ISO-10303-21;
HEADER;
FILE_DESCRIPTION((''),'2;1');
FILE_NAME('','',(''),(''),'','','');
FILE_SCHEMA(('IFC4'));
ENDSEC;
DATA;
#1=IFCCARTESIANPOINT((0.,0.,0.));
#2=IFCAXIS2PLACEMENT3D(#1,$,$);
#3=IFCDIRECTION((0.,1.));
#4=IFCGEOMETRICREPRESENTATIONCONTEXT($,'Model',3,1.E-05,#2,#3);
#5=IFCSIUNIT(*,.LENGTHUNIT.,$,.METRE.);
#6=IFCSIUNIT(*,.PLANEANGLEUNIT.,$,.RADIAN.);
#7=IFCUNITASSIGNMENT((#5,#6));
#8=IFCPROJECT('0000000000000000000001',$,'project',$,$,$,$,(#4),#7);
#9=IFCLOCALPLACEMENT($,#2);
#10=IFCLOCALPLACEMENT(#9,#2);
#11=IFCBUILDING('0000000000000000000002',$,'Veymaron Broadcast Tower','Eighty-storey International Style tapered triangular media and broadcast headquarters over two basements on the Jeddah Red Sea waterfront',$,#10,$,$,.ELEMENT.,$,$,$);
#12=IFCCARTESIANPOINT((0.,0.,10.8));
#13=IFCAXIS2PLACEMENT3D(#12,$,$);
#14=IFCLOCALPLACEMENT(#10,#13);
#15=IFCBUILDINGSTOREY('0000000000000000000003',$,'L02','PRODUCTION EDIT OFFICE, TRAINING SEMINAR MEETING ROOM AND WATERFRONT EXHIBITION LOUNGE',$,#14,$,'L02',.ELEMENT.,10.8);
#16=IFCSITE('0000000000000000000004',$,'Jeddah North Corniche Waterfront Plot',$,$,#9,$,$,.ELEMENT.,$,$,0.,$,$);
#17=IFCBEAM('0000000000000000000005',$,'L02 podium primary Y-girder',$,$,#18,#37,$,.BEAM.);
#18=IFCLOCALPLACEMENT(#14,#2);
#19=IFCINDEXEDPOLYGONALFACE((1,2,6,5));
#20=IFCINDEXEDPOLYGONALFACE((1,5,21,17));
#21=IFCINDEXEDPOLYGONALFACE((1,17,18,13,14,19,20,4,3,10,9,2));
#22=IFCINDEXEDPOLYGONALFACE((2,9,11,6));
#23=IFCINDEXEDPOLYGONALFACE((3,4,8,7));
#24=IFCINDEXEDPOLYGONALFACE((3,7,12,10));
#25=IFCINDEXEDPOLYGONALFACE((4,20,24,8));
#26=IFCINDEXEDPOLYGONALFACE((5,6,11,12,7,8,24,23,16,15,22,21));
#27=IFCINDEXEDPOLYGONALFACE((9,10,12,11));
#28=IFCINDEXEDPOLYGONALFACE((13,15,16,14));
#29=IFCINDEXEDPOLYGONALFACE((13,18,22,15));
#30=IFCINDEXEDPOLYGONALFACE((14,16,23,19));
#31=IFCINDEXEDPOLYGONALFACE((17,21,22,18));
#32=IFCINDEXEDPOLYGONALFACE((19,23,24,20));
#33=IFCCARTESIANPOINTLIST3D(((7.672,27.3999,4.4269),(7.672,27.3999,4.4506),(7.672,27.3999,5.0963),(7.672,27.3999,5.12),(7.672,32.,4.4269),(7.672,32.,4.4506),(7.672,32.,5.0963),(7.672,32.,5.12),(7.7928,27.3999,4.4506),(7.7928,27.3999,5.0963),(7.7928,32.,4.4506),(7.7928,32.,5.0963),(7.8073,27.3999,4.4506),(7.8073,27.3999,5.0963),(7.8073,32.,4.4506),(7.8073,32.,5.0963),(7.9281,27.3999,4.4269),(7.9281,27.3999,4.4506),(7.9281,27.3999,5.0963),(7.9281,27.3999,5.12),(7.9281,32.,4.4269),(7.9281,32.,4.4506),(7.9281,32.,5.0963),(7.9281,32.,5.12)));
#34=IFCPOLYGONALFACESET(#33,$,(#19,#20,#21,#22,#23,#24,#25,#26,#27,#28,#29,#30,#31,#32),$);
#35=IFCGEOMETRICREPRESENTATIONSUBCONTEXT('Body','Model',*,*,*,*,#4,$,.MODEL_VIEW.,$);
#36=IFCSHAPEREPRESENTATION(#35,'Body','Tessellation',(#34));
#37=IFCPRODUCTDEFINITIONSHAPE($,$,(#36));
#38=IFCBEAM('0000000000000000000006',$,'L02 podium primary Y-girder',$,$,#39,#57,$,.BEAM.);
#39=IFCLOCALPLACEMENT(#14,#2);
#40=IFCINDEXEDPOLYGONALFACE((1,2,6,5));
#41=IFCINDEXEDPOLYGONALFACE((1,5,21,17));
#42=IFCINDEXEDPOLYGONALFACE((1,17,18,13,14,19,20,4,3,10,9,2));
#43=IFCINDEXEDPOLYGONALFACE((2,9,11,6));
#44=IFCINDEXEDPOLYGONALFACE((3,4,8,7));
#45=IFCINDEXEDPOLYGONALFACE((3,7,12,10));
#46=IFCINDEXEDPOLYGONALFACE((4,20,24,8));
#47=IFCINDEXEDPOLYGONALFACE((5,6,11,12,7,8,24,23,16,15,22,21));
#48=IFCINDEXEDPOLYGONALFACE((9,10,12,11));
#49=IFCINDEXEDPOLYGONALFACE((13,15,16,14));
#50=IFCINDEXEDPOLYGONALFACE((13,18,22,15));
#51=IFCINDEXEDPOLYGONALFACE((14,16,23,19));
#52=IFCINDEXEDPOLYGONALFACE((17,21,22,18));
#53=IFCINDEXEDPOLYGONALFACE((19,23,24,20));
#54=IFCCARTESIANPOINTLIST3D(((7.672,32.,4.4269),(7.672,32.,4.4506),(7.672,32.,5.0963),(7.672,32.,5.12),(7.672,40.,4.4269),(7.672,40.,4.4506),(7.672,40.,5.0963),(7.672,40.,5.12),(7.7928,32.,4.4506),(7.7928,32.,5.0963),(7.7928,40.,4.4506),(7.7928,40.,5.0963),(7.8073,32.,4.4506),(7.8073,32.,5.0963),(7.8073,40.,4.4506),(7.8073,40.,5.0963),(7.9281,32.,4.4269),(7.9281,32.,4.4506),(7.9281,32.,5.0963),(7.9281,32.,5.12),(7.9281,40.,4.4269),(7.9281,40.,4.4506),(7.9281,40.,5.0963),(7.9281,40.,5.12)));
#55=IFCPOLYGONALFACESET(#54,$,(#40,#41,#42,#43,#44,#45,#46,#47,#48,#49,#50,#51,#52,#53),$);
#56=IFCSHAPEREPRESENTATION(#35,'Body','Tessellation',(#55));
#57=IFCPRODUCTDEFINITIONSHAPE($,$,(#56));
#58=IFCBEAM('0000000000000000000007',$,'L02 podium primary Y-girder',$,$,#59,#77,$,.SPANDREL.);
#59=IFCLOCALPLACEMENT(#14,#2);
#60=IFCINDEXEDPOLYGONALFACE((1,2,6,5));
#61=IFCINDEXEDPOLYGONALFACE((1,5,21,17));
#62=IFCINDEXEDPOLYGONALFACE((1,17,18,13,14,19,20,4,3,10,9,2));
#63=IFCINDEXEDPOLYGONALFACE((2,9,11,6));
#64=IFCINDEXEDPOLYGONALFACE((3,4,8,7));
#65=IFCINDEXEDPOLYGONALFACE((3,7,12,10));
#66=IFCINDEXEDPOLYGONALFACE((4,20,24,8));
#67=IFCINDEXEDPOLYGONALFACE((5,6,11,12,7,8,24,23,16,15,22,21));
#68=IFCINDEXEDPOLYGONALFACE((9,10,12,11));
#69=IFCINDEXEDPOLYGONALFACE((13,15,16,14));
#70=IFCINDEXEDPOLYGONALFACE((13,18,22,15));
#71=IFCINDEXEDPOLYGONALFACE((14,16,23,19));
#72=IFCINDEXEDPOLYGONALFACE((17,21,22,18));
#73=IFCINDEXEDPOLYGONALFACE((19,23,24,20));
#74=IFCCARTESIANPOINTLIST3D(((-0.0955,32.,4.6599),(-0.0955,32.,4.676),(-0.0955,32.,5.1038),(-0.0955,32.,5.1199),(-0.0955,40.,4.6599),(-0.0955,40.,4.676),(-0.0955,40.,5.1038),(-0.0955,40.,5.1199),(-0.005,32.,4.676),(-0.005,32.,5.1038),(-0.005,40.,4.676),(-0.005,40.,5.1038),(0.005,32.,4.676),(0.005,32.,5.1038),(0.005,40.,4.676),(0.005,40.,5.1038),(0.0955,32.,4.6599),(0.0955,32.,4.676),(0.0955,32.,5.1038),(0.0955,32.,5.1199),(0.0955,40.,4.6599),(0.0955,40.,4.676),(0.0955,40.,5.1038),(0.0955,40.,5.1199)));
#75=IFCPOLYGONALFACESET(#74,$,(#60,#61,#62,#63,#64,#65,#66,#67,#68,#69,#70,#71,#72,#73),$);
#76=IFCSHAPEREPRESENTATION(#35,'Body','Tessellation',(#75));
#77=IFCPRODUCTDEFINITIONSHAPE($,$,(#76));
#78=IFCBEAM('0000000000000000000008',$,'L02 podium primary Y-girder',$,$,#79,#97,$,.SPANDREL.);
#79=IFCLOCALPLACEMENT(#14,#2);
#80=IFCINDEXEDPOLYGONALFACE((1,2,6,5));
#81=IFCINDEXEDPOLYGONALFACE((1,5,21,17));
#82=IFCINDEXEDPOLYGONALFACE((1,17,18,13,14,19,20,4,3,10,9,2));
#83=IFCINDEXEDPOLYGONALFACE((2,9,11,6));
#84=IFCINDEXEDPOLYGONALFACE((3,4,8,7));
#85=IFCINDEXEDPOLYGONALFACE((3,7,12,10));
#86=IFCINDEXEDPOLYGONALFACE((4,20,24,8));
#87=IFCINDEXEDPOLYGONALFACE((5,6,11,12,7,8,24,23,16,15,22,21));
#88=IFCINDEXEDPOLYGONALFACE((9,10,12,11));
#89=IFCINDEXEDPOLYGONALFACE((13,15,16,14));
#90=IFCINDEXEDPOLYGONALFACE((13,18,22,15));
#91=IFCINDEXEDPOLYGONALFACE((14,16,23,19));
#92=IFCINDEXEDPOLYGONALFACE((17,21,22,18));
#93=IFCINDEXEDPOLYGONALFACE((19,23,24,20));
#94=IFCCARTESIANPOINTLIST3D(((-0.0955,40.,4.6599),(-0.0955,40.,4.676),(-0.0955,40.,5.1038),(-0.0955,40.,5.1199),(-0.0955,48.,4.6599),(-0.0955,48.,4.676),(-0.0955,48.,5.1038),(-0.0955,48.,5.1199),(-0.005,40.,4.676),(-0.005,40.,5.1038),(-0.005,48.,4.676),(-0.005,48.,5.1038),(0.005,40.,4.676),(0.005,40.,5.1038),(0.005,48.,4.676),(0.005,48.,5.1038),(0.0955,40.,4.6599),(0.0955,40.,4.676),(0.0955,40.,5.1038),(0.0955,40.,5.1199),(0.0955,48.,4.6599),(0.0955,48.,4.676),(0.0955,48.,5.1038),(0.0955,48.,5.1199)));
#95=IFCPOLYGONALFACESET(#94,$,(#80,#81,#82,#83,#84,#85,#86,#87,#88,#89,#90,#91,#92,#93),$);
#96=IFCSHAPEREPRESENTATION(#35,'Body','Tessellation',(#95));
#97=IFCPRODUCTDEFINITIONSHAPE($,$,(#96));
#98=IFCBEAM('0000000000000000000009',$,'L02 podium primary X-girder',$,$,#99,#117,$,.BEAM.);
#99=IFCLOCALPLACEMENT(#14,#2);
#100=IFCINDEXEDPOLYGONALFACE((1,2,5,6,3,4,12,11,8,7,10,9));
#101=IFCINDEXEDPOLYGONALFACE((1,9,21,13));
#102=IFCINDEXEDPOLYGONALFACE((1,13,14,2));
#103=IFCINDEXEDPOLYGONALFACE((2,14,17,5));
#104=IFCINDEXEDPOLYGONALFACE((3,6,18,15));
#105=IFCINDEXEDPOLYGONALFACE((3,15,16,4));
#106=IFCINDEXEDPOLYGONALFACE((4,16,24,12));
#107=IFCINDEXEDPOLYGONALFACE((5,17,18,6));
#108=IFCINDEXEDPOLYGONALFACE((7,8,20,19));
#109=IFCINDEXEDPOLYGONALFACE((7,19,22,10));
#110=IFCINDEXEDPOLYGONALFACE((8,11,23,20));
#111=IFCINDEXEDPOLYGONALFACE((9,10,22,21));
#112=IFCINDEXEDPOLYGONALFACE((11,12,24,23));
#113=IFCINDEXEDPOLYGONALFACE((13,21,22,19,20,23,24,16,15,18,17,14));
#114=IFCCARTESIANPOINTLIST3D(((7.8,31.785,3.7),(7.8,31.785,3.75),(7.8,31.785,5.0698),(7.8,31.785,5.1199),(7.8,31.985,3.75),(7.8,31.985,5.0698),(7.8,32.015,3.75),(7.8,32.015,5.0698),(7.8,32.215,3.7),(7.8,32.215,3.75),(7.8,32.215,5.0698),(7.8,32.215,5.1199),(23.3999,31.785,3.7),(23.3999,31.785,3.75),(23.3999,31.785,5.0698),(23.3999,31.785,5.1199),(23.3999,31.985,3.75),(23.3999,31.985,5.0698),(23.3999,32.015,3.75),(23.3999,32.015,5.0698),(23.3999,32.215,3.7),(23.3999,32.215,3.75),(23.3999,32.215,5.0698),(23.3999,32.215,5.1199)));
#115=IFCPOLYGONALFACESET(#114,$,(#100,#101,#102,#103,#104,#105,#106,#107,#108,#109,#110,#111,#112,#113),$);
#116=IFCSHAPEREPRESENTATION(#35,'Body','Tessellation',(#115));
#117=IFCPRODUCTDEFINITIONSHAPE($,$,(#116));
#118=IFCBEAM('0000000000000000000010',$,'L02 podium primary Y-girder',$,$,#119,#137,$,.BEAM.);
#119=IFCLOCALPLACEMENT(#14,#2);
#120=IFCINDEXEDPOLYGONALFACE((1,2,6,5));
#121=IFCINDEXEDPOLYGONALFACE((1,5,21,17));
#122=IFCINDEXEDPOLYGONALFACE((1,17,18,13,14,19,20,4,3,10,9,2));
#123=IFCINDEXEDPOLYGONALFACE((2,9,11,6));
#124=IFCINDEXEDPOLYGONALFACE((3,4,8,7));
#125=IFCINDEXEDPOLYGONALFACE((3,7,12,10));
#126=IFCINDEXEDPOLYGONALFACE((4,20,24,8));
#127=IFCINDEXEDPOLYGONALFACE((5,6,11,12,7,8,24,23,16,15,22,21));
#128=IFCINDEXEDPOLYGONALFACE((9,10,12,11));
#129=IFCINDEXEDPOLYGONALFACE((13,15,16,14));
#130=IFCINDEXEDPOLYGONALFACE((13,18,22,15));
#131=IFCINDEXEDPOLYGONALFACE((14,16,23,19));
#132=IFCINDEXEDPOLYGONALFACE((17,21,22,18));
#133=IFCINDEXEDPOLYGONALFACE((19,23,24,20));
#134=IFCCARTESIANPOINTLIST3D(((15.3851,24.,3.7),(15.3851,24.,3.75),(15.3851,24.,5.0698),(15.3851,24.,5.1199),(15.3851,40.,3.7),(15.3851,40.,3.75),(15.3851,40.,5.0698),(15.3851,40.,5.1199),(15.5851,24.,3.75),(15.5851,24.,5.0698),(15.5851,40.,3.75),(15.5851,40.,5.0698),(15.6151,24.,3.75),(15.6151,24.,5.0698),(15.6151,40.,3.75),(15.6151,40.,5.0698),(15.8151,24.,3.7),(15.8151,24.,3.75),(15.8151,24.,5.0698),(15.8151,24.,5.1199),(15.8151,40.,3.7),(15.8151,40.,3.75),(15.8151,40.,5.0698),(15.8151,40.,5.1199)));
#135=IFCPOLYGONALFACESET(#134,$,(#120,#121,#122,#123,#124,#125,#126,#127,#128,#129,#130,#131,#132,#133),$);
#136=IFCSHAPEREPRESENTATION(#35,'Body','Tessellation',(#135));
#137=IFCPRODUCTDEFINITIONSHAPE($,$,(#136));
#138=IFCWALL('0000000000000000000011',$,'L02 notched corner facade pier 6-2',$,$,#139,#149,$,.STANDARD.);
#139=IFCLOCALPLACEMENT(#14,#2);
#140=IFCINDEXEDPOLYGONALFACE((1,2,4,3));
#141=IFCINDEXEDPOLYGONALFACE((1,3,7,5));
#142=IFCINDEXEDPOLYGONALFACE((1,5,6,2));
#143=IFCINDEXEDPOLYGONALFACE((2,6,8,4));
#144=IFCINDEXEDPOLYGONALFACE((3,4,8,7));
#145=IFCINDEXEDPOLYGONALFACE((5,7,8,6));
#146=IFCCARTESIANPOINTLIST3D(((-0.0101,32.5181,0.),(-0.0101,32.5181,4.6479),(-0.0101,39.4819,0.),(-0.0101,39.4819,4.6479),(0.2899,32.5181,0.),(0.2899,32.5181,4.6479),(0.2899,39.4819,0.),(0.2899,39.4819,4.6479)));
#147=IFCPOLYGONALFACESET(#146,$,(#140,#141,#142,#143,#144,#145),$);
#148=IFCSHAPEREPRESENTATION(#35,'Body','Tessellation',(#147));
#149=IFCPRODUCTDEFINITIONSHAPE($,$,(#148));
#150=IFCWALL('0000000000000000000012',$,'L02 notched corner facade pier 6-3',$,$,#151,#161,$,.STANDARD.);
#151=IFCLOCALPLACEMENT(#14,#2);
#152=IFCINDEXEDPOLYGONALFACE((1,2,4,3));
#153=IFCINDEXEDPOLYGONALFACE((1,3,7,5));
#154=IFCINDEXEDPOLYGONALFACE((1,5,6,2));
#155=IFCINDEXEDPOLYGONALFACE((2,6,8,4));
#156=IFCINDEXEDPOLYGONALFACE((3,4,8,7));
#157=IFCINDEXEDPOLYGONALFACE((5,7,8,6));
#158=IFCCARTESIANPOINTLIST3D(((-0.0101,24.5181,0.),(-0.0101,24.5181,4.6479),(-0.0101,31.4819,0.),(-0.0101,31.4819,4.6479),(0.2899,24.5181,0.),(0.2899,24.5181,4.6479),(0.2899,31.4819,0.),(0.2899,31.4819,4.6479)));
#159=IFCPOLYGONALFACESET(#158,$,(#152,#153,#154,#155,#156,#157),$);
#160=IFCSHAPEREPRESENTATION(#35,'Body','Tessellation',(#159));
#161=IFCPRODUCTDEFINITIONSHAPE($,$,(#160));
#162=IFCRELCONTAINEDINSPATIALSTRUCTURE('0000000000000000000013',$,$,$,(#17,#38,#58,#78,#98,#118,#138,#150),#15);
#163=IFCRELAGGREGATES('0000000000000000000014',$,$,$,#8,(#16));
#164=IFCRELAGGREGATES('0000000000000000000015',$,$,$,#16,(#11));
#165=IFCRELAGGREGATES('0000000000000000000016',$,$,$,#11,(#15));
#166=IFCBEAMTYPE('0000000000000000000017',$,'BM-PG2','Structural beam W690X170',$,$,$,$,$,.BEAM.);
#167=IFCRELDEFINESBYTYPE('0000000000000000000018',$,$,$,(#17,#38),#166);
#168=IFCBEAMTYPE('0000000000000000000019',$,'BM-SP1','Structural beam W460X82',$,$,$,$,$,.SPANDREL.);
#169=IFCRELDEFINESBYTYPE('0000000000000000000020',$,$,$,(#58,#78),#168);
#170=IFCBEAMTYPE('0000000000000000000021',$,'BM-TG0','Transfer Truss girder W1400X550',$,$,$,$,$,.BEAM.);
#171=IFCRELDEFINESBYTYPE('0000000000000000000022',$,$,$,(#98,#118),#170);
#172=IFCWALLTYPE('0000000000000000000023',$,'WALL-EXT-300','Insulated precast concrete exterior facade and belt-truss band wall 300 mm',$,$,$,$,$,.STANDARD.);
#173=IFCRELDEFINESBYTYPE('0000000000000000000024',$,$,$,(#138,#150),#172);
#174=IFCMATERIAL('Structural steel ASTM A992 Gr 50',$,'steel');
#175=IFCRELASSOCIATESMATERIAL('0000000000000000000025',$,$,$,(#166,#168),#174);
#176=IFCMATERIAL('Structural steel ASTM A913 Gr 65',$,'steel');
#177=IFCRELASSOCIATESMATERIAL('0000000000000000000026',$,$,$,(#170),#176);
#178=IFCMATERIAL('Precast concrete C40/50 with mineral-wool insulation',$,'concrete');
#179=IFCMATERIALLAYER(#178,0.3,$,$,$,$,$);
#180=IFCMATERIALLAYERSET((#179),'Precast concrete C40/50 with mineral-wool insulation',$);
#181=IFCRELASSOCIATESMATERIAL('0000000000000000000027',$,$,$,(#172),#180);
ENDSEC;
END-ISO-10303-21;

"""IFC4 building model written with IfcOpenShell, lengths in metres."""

from ifc_helpers import new_model, si_unit, direction, frame, frame_2d, origin, origin_2d, place, context, subcontext, project, spatial, rectangle, i_section, extrude, material, layer, layer_set, material_profile, profile_set, type_object, element, save


model = new_model("IFC4")

# Units and contexts
model_context = context("Model", 3, precision=1e-05, world=origin(), true_north=direction((0.0, 1.0)))
body_context = subcontext(model_context, "Body", "Model", "MODEL_VIEW")
ifc_project = project(units=[si_unit("LENGTHUNIT", "METRE"), si_unit("PLANEANGLEUNIT", "RADIAN")], contexts=[model_context])

# Site, building, storey
site_placement = place(None, origin())
site = spatial("IfcSite", under=ifc_project, at=site_placement, Name="Jeddah North Corniche Waterfront Plot", CompositionType="ELEMENT", RefElevation=0.0)
building_placement = place(site_placement, origin())
building = spatial("IfcBuilding", under=site, at=building_placement, Name="Veymaron Broadcast Tower", Description="Eighty-storey International Style tapered triangular media and broadcast headquarters over two basements on the Jeddah Red Sea waterfront", CompositionType="ELEMENT")
storey_placement = place(building_placement, frame((0.0, 0.0, 10.8)))
storey = spatial("IfcBuildingStorey", under=building, at=storey_placement, Name="L02", Description="PRODUCTION EDIT OFFICE, TRAINING SEMINAR MEETING ROOM AND WATERFRONT EXHIBITION LOUNGE", LongName="L02", CompositionType="ELEMENT", Elevation=10.8)

# Shared definitions
ifc_material_1 = material(Name="Structural steel ASTM A913 Gr 65", Category="steel")

# Beams
ifc_material_2 = material(Name="Structural steel ASTM A992 Gr 50", Category="steel")
ifc_material_profile_1 = material_profile(ifc_material_2, i_section(OverallWidth=0.2561, OverallDepth=0.6931, WebThickness=0.0144, FlangeThickness=0.0237, at=origin_2d()), Name="W690X170")
ifc_profile_set_1 = profile_set([ifc_material_profile_1], Name="Structural steel ASTM A992 Gr 50")
beam_type_1 = type_object("IfcBeamType", Name="BM-PG2", Description="Structural beam W690X170", PredefinedType="BEAM", material=ifc_profile_set_1)
beam_1_placement = place(storey_placement, frame((7.8, 27.3999, 4.7734), z_axis=(0.0, 1.0, 0.0), x_axis=(-1.0, 0.0, 0.0)))
element("IfcBeam", 1, at=beam_1_placement, inside=storey, type_object=beam_type_1, Name="L02 podium primary Y-girder", PredefinedType="BEAM", context=body_context, shape_type="SweptSolid", body=[
    extrude(i_section(OverallWidth=0.2561, OverallDepth=0.6931, WebThickness=0.0144, FlangeThickness=0.0237, at=origin_2d()), origin(), (0.0, 0.0, 1.0), 4.6001),
])
beam_2_placement = place(storey_placement, frame((7.8, 32.0, 4.7734), z_axis=(0.0, 1.0, 0.0), x_axis=(-1.0, 0.0, 0.0)))
element("IfcBeam", 2, at=beam_2_placement, inside=storey, type_object=beam_type_1, Name="L02 podium primary Y-girder", PredefinedType="BEAM", context=body_context, shape_type="SweptSolid", body=[
    extrude(i_section(OverallWidth=0.2561, OverallDepth=0.6931, WebThickness=0.0144, FlangeThickness=0.0237, at=origin_2d()), origin(), (0.0, 0.0, 1.0), 8.0),
])
ifc_material_profile_2 = material_profile(ifc_material_2, i_section(OverallWidth=0.1909, OverallDepth=0.46, WebThickness=0.01, FlangeThickness=0.0161, at=origin_2d()), Name="W460X82")
ifc_profile_set_2 = profile_set([ifc_material_profile_2], Name="Structural steel ASTM A992 Gr 50")
beam_type_2 = type_object("IfcBeamType", Name="BM-SP1", Description="Structural beam W460X82", PredefinedType="SPANDREL", material=ifc_profile_set_2)
for number, where, z_axis, x_axis, name in (
    (3, (0.0, 32.0, 4.8899), (0.0, 1.0, 0.0), (-1.0, 0.0, 0.0), "L02 podium primary Y-girder"),
    (4, (0.0, 40.0, 4.8899), (0.0, 1.0, 0.0), (-1.0, 0.0, 0.0), "L02 podium primary Y-girder"),
):
    element("IfcBeam", number, at=place(storey_placement, frame(where, z_axis=z_axis, x_axis=x_axis)), inside=storey, type_object=beam_type_2, Name=name, PredefinedType="SPANDREL", context=body_context, shape_type="SweptSolid", body=[
        extrude(i_section(OverallWidth=0.1909, OverallDepth=0.46, WebThickness=0.01, FlangeThickness=0.0161, at=origin_2d()), origin(), (0.0, 0.0, 1.0), 8.0),
    ])
ifc_material_profile_3 = material_profile(ifc_material_1, i_section(OverallWidth=0.4299, OverallDepth=1.4199, WebThickness=0.03, FlangeThickness=0.05, at=origin_2d()), Name="W1400X550")
ifc_profile_set_3 = profile_set([ifc_material_profile_3], Name="Structural steel ASTM A913 Gr 65")
beam_type_3 = type_object("IfcBeamType", Name="BM-TG0", Description="Transfer Truss girder W1400X550", PredefinedType="BEAM", material=ifc_profile_set_3)
beam_3_placement = place(storey_placement, frame((7.8, 32.0, 4.4099), z_axis=(1.0, 0.0, 0.0), x_axis=(0.0, 1.0, 0.0)))
element("IfcBeam", 5, at=beam_3_placement, inside=storey, type_object=beam_type_3, Name="L02 podium primary X-girder", PredefinedType="BEAM", context=body_context, shape_type="SweptSolid", body=[
    extrude(i_section(OverallWidth=0.4299, OverallDepth=1.4199, WebThickness=0.03, FlangeThickness=0.05, at=origin_2d()), origin(), (0.0, 0.0, 1.0), 15.5999),
])
beam_4_placement = place(storey_placement, frame((15.6001, 24.0, 4.4099), z_axis=(0.0, 1.0, 0.0), x_axis=(-1.0, 0.0, 0.0)))
element("IfcBeam", 6, at=beam_4_placement, inside=storey, type_object=beam_type_3, Name="L02 podium primary Y-girder", PredefinedType="BEAM", context=body_context, shape_type="SweptSolid", body=[
    extrude(i_section(OverallWidth=0.4299, OverallDepth=1.4199, WebThickness=0.03, FlangeThickness=0.05, at=origin_2d()), origin(), (0.0, 0.0, 1.0), 16.0),
])

# Walls
ifc_material_3 = material(Name="Precast concrete C40/50 with mineral-wool insulation", Category="concrete")
ifc_layer_1 = layer(ifc_material_3, 0.3)
ifc_layer_set_1 = layer_set([ifc_layer_1], Name="Precast concrete C40/50 with mineral-wool insulation")
wall_type_1 = type_object("IfcWallType", Name="WALL-EXT-300", Description="Insulated precast concrete exterior facade and belt-truss band wall 300 mm", PredefinedType="STANDARD", material=ifc_layer_set_1)
for number, where, z_axis, x_axis, name in (
    (7, (0.1399, 39.4819, 0.0), (0.0, 0.0, 1.0), (0.0, -1.0, 0.0), "L02 notched corner facade pier 6-2"),
    (8, (0.1399, 31.4819, 0.0), (0.0, 0.0, 1.0), (0.0, -1.0, 0.0), "L02 notched corner facade pier 6-3"),
):
    element("IfcWall", number, at=place(storey_placement, frame(where, z_axis=z_axis, x_axis=x_axis)), inside=storey, type_object=wall_type_1, Name=name, PredefinedType="STANDARD", context=body_context, shape_type="SweptSolid", body=[
        extrude(rectangle(XDim=6.9639, YDim=0.3, at=frame_2d((3.4819, 0.0))), origin(), (0.0, 0.0, 1.0), 4.6479),
    ])

save(model, "model.ifc")
